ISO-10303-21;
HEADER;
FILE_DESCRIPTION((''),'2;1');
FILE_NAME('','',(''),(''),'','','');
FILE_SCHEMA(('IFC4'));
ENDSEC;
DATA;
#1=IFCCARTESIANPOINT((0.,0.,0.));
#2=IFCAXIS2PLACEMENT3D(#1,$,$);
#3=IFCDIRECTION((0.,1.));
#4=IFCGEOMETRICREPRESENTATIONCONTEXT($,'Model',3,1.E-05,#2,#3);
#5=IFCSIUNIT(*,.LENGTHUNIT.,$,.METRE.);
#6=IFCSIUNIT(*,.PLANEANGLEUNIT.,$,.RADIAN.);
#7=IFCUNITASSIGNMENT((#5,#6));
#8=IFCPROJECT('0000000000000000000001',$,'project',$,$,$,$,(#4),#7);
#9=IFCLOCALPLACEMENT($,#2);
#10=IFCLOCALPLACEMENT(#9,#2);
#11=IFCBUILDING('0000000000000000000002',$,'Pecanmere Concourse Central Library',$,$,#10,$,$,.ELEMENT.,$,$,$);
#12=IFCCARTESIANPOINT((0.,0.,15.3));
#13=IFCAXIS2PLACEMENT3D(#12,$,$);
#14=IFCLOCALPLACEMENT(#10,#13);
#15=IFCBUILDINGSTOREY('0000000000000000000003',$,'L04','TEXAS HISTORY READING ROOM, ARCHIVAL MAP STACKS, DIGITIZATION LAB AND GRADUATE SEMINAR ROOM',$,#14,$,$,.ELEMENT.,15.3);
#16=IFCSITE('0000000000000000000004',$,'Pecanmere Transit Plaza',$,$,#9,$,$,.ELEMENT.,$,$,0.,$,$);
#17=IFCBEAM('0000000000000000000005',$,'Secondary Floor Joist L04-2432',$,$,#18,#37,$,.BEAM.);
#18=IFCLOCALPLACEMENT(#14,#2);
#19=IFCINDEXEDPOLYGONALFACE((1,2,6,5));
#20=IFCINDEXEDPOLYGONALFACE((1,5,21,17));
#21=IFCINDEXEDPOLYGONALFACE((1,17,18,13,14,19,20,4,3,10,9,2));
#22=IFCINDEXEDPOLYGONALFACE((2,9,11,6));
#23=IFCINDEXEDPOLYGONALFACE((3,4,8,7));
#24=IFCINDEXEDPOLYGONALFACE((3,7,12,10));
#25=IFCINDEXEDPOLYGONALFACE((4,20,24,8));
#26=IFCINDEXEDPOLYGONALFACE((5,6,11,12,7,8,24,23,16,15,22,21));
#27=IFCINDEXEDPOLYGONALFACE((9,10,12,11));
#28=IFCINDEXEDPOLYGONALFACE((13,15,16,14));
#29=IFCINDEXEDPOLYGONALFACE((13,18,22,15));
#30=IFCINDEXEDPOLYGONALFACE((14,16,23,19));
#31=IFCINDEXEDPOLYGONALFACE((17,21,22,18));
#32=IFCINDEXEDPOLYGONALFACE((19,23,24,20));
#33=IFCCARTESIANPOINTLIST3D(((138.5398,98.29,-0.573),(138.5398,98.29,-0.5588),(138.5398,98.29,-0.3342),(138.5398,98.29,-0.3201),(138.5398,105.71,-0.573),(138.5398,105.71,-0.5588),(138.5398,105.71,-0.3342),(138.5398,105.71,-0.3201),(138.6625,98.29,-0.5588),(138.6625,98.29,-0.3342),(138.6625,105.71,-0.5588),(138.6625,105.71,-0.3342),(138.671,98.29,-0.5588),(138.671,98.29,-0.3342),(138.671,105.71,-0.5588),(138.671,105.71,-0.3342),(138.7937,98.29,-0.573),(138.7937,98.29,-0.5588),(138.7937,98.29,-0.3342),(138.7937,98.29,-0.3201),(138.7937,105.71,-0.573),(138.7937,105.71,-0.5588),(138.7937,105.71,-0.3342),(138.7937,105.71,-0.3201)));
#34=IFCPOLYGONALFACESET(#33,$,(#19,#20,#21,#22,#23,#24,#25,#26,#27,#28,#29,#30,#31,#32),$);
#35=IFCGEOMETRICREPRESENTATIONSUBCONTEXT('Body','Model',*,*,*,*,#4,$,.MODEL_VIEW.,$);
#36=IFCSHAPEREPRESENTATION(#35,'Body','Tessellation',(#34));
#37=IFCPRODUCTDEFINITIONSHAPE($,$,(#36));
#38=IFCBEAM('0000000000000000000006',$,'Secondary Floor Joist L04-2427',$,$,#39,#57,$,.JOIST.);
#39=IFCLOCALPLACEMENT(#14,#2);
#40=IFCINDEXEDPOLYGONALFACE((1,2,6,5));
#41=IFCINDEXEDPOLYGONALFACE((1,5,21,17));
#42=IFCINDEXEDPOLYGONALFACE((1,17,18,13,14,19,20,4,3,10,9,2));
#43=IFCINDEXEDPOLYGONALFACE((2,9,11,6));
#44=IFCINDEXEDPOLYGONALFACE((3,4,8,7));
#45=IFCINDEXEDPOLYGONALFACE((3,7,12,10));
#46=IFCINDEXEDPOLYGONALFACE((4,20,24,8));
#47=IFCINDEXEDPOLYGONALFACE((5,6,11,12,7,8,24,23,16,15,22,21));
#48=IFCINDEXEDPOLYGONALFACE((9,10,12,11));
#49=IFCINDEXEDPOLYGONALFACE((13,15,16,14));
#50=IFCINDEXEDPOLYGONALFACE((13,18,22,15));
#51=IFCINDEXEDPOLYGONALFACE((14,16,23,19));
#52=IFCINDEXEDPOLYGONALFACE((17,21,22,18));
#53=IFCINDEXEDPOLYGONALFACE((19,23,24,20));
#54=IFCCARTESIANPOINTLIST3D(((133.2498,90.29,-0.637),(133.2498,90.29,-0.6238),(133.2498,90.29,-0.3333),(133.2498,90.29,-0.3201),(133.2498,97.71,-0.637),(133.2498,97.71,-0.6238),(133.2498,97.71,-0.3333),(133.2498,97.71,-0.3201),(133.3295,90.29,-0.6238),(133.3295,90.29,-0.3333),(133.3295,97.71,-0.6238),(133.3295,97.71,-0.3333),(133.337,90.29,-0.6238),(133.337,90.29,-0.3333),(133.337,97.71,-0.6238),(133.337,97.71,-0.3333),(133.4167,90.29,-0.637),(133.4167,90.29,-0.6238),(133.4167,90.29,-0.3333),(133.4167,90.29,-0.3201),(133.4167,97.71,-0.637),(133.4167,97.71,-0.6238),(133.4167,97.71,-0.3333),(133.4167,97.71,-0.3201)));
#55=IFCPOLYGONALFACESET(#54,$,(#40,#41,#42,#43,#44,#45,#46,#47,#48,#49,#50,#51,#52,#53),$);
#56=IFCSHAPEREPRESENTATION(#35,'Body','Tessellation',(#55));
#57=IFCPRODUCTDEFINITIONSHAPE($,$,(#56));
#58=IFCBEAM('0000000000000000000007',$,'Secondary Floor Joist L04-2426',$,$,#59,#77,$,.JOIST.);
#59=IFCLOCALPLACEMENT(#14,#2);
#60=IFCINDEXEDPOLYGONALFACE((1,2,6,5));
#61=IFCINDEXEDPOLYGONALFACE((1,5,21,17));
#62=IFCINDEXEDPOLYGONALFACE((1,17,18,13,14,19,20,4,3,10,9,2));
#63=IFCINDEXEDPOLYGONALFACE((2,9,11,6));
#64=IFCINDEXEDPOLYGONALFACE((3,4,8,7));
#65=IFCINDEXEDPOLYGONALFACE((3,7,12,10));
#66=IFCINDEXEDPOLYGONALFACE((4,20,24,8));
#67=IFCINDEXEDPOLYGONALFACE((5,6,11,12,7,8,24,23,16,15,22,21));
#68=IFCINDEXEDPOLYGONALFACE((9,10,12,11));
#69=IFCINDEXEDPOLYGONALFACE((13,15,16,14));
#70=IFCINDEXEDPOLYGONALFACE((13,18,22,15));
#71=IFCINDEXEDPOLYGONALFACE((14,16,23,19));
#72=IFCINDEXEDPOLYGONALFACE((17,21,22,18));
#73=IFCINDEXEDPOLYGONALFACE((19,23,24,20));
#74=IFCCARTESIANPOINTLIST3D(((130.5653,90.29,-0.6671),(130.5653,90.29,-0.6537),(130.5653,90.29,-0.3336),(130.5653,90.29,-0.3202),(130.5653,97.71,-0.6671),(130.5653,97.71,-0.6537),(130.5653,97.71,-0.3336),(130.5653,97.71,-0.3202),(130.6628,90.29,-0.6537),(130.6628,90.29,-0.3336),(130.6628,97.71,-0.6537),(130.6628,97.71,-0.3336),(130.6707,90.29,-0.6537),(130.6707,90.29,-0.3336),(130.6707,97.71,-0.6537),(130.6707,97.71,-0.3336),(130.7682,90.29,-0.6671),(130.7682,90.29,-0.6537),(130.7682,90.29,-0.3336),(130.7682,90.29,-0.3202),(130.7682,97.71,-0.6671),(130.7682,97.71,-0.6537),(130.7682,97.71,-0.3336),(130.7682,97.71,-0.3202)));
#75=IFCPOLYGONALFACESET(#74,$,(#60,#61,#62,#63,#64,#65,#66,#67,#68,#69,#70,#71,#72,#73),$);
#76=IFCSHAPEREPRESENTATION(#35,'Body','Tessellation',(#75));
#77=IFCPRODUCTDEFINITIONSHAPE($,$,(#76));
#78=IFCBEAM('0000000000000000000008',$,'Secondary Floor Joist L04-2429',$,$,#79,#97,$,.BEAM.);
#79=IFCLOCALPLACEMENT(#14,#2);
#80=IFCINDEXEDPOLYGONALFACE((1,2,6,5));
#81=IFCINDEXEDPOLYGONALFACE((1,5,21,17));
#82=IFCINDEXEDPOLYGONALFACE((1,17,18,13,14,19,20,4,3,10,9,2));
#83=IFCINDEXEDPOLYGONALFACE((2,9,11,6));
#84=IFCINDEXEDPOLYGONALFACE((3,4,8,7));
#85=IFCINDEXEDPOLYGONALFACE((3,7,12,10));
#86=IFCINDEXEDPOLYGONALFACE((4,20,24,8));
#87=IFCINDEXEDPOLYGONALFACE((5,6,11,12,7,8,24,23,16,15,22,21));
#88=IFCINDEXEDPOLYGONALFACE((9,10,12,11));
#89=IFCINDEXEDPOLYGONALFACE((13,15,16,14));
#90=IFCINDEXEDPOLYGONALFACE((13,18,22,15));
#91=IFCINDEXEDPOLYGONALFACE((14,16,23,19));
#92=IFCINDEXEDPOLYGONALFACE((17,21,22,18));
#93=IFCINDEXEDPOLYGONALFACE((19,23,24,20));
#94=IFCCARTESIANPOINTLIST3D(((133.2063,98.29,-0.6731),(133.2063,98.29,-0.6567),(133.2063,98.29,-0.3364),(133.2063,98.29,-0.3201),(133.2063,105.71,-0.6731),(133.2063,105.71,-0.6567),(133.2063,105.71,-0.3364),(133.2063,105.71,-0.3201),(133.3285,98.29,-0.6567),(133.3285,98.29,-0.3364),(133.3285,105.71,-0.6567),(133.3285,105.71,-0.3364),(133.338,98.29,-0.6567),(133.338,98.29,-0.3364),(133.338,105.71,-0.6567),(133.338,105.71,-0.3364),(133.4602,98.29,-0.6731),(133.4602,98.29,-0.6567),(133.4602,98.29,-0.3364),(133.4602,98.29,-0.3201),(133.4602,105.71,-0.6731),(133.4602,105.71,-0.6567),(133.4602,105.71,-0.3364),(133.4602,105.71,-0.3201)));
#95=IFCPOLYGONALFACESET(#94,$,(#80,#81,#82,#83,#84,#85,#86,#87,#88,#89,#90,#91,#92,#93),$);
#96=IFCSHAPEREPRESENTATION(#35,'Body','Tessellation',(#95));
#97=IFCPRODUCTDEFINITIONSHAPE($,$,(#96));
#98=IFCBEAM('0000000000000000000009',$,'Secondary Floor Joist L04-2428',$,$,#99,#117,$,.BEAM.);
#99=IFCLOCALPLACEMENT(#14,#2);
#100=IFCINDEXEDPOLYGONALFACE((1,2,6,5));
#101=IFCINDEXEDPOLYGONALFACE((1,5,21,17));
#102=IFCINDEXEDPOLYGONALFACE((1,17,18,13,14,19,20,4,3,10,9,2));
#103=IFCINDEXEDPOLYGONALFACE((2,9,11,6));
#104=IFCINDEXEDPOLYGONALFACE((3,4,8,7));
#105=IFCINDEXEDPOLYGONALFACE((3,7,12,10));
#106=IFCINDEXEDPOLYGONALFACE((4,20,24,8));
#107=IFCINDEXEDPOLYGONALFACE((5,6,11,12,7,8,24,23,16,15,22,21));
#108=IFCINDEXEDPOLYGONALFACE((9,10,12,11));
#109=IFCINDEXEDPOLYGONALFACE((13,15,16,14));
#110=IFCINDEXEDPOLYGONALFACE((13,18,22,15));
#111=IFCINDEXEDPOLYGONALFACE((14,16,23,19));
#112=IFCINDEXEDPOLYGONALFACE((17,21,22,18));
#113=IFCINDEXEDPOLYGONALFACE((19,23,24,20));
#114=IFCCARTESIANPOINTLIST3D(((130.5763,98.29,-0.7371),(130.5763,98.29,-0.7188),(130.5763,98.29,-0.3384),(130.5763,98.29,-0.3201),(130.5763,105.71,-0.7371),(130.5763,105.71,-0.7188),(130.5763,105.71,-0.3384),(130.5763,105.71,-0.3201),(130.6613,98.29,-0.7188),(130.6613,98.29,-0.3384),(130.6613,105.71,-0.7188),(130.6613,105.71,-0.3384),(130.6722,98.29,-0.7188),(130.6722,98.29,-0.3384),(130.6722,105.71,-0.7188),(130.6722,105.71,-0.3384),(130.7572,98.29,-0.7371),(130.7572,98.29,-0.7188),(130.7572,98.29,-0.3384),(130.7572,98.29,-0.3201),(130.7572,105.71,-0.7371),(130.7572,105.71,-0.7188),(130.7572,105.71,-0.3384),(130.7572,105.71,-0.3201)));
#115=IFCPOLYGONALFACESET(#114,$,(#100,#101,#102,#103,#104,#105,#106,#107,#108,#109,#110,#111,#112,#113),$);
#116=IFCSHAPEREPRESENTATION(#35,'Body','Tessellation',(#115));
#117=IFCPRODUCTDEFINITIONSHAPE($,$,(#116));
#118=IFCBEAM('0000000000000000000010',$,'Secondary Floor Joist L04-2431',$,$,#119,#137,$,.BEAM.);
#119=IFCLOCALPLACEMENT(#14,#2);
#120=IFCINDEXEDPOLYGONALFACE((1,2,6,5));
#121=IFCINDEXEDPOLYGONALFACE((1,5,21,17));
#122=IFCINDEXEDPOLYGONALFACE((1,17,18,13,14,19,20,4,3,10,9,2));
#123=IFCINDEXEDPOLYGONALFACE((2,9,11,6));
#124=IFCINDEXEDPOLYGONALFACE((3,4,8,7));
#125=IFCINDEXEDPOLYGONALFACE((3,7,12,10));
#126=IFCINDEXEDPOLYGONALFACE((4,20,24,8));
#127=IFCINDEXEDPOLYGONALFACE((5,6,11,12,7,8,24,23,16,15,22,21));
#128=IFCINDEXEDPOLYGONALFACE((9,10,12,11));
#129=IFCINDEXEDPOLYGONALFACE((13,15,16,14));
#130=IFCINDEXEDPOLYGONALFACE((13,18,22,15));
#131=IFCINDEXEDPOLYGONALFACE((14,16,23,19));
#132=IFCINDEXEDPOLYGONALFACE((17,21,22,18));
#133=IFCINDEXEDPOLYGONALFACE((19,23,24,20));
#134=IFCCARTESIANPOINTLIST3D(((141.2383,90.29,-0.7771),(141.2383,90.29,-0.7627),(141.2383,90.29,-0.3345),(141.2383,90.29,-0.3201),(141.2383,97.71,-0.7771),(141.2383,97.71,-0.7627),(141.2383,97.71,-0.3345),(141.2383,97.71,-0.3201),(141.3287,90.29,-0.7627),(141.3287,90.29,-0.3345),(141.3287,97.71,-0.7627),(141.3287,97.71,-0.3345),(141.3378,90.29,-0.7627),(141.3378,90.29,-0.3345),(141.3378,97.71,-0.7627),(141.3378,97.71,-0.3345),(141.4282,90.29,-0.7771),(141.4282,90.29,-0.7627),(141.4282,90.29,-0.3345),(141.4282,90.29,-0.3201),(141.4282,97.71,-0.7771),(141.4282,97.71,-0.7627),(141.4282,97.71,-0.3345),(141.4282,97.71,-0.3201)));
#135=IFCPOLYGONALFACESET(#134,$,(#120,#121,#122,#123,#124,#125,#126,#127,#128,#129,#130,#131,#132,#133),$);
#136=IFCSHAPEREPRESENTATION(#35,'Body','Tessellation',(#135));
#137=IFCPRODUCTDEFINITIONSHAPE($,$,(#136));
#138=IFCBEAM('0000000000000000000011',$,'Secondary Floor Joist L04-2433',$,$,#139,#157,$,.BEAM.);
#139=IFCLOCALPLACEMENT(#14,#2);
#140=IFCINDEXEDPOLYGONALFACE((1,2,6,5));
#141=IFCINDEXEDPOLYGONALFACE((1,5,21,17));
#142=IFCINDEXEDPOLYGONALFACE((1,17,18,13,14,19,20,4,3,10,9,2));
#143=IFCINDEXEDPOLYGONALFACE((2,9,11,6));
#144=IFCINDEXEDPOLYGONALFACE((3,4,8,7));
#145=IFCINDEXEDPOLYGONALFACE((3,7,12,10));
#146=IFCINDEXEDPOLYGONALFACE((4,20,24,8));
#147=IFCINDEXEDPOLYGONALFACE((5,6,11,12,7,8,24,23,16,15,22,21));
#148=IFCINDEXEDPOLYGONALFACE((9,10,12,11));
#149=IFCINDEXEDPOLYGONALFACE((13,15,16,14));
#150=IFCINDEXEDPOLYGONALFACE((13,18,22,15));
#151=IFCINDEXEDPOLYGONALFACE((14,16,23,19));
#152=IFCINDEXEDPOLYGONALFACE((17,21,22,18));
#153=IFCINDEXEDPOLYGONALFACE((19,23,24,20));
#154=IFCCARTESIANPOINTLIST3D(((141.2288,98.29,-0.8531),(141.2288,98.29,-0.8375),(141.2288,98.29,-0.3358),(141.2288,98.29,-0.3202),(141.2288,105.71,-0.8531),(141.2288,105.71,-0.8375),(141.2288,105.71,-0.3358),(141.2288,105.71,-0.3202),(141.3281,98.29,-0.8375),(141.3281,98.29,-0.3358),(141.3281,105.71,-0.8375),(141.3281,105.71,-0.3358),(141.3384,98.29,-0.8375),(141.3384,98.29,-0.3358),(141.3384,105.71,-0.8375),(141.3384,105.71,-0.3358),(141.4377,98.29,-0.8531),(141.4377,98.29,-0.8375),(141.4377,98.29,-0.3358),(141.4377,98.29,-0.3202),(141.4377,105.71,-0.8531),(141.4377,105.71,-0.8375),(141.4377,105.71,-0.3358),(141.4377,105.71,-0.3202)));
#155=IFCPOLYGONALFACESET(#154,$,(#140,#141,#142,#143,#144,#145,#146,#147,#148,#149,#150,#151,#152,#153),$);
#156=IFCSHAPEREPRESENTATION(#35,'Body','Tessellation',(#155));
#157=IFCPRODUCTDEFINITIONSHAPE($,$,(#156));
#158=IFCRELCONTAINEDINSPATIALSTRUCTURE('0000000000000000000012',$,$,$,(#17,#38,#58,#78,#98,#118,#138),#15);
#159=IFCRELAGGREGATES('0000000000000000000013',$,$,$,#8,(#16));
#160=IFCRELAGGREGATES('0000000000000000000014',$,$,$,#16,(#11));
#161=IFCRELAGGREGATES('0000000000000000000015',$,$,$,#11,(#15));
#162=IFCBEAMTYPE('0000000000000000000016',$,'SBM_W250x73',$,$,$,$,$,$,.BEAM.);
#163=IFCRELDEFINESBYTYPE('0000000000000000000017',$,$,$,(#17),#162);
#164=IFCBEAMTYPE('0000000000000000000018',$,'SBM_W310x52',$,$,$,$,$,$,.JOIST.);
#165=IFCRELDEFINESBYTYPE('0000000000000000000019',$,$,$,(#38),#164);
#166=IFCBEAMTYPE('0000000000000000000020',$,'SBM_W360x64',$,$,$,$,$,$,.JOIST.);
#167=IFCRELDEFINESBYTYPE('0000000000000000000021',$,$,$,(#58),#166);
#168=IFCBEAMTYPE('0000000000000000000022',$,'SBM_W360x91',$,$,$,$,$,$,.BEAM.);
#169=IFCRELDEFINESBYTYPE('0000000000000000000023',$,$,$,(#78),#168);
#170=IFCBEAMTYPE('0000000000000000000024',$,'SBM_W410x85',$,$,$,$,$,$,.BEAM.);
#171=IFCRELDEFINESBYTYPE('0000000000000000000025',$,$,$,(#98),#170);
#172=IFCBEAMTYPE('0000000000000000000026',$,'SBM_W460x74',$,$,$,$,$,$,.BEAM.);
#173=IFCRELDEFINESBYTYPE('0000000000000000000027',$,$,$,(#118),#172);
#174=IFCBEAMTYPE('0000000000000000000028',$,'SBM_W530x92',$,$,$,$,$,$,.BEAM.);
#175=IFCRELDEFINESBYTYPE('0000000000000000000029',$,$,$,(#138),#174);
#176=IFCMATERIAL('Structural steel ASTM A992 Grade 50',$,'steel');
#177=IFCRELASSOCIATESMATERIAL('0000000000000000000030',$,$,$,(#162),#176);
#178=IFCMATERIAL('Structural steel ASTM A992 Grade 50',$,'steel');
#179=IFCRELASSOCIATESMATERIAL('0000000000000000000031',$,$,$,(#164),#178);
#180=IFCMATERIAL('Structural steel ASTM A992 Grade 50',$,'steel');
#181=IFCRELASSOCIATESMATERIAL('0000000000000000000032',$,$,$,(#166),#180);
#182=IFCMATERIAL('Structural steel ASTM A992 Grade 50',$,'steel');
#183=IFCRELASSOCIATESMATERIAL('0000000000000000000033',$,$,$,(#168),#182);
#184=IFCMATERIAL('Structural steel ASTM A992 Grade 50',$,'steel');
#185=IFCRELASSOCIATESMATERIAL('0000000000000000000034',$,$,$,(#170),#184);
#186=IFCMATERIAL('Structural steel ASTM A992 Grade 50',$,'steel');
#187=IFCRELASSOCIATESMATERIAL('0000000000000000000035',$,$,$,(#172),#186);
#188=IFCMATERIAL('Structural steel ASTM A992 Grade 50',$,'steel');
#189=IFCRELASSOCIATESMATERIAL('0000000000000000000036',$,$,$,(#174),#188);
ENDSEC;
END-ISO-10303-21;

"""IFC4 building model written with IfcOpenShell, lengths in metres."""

from ifc_helpers import new_model, si_unit, direction, frame, origin, origin_2d, place, context, subcontext, project, spatial, i_section, extrude, material, material_profile, profile_set, type_object, element, save


model = new_model("IFC4")

# Units and contexts
model_context = context("Model", 3, precision=1e-05, world=origin(), true_north=direction((0.0, 1.0)))
body_context = subcontext(model_context, "Body", "Model", "MODEL_VIEW")
ifc_project = project(units=[si_unit("LENGTHUNIT", "METRE"), si_unit("PLANEANGLEUNIT", "RADIAN")], contexts=[model_context])

# Site, building, storey
site_placement = place(None, origin())
site = spatial("IfcSite", under=ifc_project, at=site_placement, Name="Pecanmere Transit Plaza", CompositionType="ELEMENT", RefElevation=0.0)
building_placement = place(site_placement, origin())
building = spatial("IfcBuilding", under=site, at=building_placement, Name="Pecanmere Concourse Central Library", CompositionType="ELEMENT")
storey_placement = place(building_placement, frame((0.0, 0.0, 15.3)))
storey = spatial("IfcBuildingStorey", under=building, at=storey_placement, Name="L04", Description="TEXAS HISTORY READING ROOM, ARCHIVAL MAP STACKS, DIGITIZATION LAB AND GRADUATE SEMINAR ROOM", CompositionType="ELEMENT", Elevation=15.3)

# Beams
ifc_material_1 = material(Name="Structural steel ASTM A992 Grade 50", Category="steel")
ifc_material_profile_1 = material_profile(ifc_material_1, i_section(OverallWidth=0.2539, OverallDepth=0.2529, WebThickness=0.0085, FlangeThickness=0.0142, at=origin_2d()), Name="W250x73")
ifc_profile_set_1 = profile_set([ifc_material_profile_1], Name="Structural steel ASTM A992 Grade 50")
beam_type_1 = type_object("IfcBeamType", Name="SBM_W250x73", PredefinedType="BEAM", material=ifc_profile_set_1)
beam_1_placement = place(storey_placement, frame((138.6667, 98.29, -0.4465), z_axis=(0.0, 1.0, 0.0), x_axis=(-1.0, 0.0, 0.0)))
element("IfcBeam", 1, at=beam_1_placement, inside=storey, type_object=beam_type_1, Name="Secondary Floor Joist L04-2432", PredefinedType="BEAM", context=body_context, shape_type="SweptSolid", body=[
    extrude(i_section(OverallWidth=0.2539, OverallDepth=0.2529, WebThickness=0.0085, FlangeThickness=0.0142, at=origin_2d()), origin(), (0.0, 0.0, 1.0), 7.4199),
])
ifc_material_2 = material(Name="Structural steel ASTM A992 Grade 50", Category="steel")
ifc_material_profile_2 = material_profile(ifc_material_2, i_section(OverallWidth=0.167, OverallDepth=0.3169, WebThickness=0.0076, FlangeThickness=0.0132, at=origin_2d()), Name="W310x52")
ifc_profile_set_2 = profile_set([ifc_material_profile_2], Name="Structural steel ASTM A992 Grade 50")
beam_type_2 = type_object("IfcBeamType", Name="SBM_W310x52", PredefinedType="JOIST", material=ifc_profile_set_2)
beam_2_placement = place(storey_placement, frame((133.3333, 90.29, -0.4785), z_axis=(0.0, 1.0, 0.0), x_axis=(-1.0, 0.0, 0.0)))
element("IfcBeam", 2, at=beam_2_placement, inside=storey, type_object=beam_type_2, Name="Secondary Floor Joist L04-2427", PredefinedType="JOIST", context=body_context, shape_type="SweptSolid", body=[
    extrude(i_section(OverallWidth=0.167, OverallDepth=0.3169, WebThickness=0.0076, FlangeThickness=0.0132, at=origin_2d()), origin(), (0.0, 0.0, 1.0), 7.4199),
])
ifc_material_3 = material(Name="Structural steel ASTM A992 Grade 50", Category="steel")
ifc_material_profile_3 = material_profile(ifc_material_3, i_section(OverallWidth=0.2029, OverallDepth=0.3469, WebThickness=0.0078, FlangeThickness=0.0134, at=origin_2d()), Name="W360x64")
ifc_profile_set_3 = profile_set([ifc_material_profile_3], Name="Structural steel ASTM A992 Grade 50")
beam_type_3 = type_object("IfcBeamType", Name="SBM_W360x64", PredefinedType="JOIST", material=ifc_profile_set_3)
beam_3_placement = place(storey_placement, frame((130.6667, 90.29, -0.4937), z_axis=(0.0, 1.0, 0.0), x_axis=(-1.0, 0.0, 0.0)))
element("IfcBeam", 3, at=beam_3_placement, inside=storey, type_object=beam_type_3, Name="Secondary Floor Joist L04-2426", PredefinedType="JOIST", context=body_context, shape_type="SweptSolid", body=[
    extrude(i_section(OverallWidth=0.2029, OverallDepth=0.3469, WebThickness=0.0078, FlangeThickness=0.0134, at=origin_2d()), origin(), (0.0, 0.0, 1.0), 7.4199),
])
ifc_material_4 = material(Name="Structural steel ASTM A992 Grade 50", Category="steel")
ifc_material_profile_4 = material_profile(ifc_material_4, i_section(OverallWidth=0.2539, OverallDepth=0.353, WebThickness=0.0095, FlangeThickness=0.0164, at=origin_2d()), Name="W360x91")
ifc_profile_set_4 = profile_set([ifc_material_profile_4], Name="Structural steel ASTM A992 Grade 50")
beam_type_4 = type_object("IfcBeamType", Name="SBM_W360x91", PredefinedType="BEAM", material=ifc_profile_set_4)
beam_4_placement = place(storey_placement, frame((133.3333, 98.29, -0.4966), z_axis=(0.0, 1.0, 0.0), x_axis=(-1.0, 0.0, 0.0)))
element("IfcBeam", 4, at=beam_4_placement, inside=storey, type_object=beam_type_4, Name="Secondary Floor Joist L04-2429", PredefinedType="BEAM", context=body_context, shape_type="SweptSolid", body=[
    extrude(i_section(OverallWidth=0.2539, OverallDepth=0.353, WebThickness=0.0095, FlangeThickness=0.0164, at=origin_2d()), origin(), (0.0, 0.0, 1.0), 7.4199),
])
ifc_material_5 = material(Name="Structural steel ASTM A992 Grade 50", Category="steel")
ifc_material_profile_5 = material_profile(ifc_material_5, i_section(OverallWidth=0.1809, OverallDepth=0.417, WebThickness=0.011, FlangeThickness=0.0183, at=origin_2d()), Name="W410x85")
ifc_profile_set_5 = profile_set([ifc_material_profile_5], Name="Structural steel ASTM A992 Grade 50")
beam_type_5 = type_object("IfcBeamType", Name="SBM_W410x85", PredefinedType="BEAM", material=ifc_profile_set_5)
beam_5_placement = place(storey_placement, frame((130.6667, 98.29, -0.5286), z_axis=(0.0, 1.0, 0.0), x_axis=(-1.0, 0.0, 0.0)))
element("IfcBeam", 5, at=beam_5_placement, inside=storey, type_object=beam_type_5, Name="Secondary Floor Joist L04-2428", PredefinedType="BEAM", context=body_context, shape_type="SweptSolid", body=[
    extrude(i_section(OverallWidth=0.1809, OverallDepth=0.417, WebThickness=0.011, FlangeThickness=0.0183, at=origin_2d()), origin(), (0.0, 0.0, 1.0), 7.4199),
])
ifc_material_6 = material(Name="Structural steel ASTM A992 Grade 50", Category="steel")
ifc_material_profile_6 = material_profile(ifc_material_6, i_section(OverallWidth=0.1899, OverallDepth=0.457, WebThickness=0.009, FlangeThickness=0.0144, at=origin_2d()), Name="W460x74")
ifc_profile_set_6 = profile_set([ifc_material_profile_6], Name="Structural steel ASTM A992 Grade 50")
beam_type_6 = type_object("IfcBeamType", Name="SBM_W460x74", PredefinedType="BEAM", material=ifc_profile_set_6)
beam_6_placement = place(storey_placement, frame((141.3333, 90.29, -0.5486), z_axis=(0.0, 1.0, 0.0), x_axis=(-1.0, 0.0, 0.0)))
element("IfcBeam", 6, at=beam_6_placement, inside=storey, type_object=beam_type_6, Name="Secondary Floor Joist L04-2431", PredefinedType="BEAM", context=body_context, shape_type="SweptSolid", body=[
    extrude(i_section(OverallWidth=0.1899, OverallDepth=0.457, WebThickness=0.009, FlangeThickness=0.0144, at=origin_2d()), origin(), (0.0, 0.0, 1.0), 7.4199),
])
ifc_material_7 = material(Name="Structural steel ASTM A992 Grade 50", Category="steel")
ifc_material_profile_7 = material_profile(ifc_material_7, i_section(OverallWidth=0.209, OverallDepth=0.533, WebThickness=0.0103, FlangeThickness=0.0156, at=origin_2d()), Name="W530x92")
ifc_profile_set_7 = profile_set([ifc_material_profile_7], Name="Structural steel ASTM A992 Grade 50")
beam_type_7 = type_object("IfcBeamType", Name="SBM_W530x92", PredefinedType="BEAM", material=ifc_profile_set_7)
beam_7_placement = place(storey_placement, frame((141.3333, 98.29, -0.5867), z_axis=(0.0, 1.0, 0.0), x_axis=(-1.0, 0.0, 0.0)))
element("IfcBeam", 7, at=beam_7_placement, inside=storey, type_object=beam_type_7, Name="Secondary Floor Joist L04-2433", PredefinedType="BEAM", context=body_context, shape_type="SweptSolid", body=[
    extrude(i_section(OverallWidth=0.209, OverallDepth=0.533, WebThickness=0.0103, FlangeThickness=0.0156, at=origin_2d()), origin(), (0.0, 0.0, 1.0), 7.4199),
])

save(model, "model.ifc")
